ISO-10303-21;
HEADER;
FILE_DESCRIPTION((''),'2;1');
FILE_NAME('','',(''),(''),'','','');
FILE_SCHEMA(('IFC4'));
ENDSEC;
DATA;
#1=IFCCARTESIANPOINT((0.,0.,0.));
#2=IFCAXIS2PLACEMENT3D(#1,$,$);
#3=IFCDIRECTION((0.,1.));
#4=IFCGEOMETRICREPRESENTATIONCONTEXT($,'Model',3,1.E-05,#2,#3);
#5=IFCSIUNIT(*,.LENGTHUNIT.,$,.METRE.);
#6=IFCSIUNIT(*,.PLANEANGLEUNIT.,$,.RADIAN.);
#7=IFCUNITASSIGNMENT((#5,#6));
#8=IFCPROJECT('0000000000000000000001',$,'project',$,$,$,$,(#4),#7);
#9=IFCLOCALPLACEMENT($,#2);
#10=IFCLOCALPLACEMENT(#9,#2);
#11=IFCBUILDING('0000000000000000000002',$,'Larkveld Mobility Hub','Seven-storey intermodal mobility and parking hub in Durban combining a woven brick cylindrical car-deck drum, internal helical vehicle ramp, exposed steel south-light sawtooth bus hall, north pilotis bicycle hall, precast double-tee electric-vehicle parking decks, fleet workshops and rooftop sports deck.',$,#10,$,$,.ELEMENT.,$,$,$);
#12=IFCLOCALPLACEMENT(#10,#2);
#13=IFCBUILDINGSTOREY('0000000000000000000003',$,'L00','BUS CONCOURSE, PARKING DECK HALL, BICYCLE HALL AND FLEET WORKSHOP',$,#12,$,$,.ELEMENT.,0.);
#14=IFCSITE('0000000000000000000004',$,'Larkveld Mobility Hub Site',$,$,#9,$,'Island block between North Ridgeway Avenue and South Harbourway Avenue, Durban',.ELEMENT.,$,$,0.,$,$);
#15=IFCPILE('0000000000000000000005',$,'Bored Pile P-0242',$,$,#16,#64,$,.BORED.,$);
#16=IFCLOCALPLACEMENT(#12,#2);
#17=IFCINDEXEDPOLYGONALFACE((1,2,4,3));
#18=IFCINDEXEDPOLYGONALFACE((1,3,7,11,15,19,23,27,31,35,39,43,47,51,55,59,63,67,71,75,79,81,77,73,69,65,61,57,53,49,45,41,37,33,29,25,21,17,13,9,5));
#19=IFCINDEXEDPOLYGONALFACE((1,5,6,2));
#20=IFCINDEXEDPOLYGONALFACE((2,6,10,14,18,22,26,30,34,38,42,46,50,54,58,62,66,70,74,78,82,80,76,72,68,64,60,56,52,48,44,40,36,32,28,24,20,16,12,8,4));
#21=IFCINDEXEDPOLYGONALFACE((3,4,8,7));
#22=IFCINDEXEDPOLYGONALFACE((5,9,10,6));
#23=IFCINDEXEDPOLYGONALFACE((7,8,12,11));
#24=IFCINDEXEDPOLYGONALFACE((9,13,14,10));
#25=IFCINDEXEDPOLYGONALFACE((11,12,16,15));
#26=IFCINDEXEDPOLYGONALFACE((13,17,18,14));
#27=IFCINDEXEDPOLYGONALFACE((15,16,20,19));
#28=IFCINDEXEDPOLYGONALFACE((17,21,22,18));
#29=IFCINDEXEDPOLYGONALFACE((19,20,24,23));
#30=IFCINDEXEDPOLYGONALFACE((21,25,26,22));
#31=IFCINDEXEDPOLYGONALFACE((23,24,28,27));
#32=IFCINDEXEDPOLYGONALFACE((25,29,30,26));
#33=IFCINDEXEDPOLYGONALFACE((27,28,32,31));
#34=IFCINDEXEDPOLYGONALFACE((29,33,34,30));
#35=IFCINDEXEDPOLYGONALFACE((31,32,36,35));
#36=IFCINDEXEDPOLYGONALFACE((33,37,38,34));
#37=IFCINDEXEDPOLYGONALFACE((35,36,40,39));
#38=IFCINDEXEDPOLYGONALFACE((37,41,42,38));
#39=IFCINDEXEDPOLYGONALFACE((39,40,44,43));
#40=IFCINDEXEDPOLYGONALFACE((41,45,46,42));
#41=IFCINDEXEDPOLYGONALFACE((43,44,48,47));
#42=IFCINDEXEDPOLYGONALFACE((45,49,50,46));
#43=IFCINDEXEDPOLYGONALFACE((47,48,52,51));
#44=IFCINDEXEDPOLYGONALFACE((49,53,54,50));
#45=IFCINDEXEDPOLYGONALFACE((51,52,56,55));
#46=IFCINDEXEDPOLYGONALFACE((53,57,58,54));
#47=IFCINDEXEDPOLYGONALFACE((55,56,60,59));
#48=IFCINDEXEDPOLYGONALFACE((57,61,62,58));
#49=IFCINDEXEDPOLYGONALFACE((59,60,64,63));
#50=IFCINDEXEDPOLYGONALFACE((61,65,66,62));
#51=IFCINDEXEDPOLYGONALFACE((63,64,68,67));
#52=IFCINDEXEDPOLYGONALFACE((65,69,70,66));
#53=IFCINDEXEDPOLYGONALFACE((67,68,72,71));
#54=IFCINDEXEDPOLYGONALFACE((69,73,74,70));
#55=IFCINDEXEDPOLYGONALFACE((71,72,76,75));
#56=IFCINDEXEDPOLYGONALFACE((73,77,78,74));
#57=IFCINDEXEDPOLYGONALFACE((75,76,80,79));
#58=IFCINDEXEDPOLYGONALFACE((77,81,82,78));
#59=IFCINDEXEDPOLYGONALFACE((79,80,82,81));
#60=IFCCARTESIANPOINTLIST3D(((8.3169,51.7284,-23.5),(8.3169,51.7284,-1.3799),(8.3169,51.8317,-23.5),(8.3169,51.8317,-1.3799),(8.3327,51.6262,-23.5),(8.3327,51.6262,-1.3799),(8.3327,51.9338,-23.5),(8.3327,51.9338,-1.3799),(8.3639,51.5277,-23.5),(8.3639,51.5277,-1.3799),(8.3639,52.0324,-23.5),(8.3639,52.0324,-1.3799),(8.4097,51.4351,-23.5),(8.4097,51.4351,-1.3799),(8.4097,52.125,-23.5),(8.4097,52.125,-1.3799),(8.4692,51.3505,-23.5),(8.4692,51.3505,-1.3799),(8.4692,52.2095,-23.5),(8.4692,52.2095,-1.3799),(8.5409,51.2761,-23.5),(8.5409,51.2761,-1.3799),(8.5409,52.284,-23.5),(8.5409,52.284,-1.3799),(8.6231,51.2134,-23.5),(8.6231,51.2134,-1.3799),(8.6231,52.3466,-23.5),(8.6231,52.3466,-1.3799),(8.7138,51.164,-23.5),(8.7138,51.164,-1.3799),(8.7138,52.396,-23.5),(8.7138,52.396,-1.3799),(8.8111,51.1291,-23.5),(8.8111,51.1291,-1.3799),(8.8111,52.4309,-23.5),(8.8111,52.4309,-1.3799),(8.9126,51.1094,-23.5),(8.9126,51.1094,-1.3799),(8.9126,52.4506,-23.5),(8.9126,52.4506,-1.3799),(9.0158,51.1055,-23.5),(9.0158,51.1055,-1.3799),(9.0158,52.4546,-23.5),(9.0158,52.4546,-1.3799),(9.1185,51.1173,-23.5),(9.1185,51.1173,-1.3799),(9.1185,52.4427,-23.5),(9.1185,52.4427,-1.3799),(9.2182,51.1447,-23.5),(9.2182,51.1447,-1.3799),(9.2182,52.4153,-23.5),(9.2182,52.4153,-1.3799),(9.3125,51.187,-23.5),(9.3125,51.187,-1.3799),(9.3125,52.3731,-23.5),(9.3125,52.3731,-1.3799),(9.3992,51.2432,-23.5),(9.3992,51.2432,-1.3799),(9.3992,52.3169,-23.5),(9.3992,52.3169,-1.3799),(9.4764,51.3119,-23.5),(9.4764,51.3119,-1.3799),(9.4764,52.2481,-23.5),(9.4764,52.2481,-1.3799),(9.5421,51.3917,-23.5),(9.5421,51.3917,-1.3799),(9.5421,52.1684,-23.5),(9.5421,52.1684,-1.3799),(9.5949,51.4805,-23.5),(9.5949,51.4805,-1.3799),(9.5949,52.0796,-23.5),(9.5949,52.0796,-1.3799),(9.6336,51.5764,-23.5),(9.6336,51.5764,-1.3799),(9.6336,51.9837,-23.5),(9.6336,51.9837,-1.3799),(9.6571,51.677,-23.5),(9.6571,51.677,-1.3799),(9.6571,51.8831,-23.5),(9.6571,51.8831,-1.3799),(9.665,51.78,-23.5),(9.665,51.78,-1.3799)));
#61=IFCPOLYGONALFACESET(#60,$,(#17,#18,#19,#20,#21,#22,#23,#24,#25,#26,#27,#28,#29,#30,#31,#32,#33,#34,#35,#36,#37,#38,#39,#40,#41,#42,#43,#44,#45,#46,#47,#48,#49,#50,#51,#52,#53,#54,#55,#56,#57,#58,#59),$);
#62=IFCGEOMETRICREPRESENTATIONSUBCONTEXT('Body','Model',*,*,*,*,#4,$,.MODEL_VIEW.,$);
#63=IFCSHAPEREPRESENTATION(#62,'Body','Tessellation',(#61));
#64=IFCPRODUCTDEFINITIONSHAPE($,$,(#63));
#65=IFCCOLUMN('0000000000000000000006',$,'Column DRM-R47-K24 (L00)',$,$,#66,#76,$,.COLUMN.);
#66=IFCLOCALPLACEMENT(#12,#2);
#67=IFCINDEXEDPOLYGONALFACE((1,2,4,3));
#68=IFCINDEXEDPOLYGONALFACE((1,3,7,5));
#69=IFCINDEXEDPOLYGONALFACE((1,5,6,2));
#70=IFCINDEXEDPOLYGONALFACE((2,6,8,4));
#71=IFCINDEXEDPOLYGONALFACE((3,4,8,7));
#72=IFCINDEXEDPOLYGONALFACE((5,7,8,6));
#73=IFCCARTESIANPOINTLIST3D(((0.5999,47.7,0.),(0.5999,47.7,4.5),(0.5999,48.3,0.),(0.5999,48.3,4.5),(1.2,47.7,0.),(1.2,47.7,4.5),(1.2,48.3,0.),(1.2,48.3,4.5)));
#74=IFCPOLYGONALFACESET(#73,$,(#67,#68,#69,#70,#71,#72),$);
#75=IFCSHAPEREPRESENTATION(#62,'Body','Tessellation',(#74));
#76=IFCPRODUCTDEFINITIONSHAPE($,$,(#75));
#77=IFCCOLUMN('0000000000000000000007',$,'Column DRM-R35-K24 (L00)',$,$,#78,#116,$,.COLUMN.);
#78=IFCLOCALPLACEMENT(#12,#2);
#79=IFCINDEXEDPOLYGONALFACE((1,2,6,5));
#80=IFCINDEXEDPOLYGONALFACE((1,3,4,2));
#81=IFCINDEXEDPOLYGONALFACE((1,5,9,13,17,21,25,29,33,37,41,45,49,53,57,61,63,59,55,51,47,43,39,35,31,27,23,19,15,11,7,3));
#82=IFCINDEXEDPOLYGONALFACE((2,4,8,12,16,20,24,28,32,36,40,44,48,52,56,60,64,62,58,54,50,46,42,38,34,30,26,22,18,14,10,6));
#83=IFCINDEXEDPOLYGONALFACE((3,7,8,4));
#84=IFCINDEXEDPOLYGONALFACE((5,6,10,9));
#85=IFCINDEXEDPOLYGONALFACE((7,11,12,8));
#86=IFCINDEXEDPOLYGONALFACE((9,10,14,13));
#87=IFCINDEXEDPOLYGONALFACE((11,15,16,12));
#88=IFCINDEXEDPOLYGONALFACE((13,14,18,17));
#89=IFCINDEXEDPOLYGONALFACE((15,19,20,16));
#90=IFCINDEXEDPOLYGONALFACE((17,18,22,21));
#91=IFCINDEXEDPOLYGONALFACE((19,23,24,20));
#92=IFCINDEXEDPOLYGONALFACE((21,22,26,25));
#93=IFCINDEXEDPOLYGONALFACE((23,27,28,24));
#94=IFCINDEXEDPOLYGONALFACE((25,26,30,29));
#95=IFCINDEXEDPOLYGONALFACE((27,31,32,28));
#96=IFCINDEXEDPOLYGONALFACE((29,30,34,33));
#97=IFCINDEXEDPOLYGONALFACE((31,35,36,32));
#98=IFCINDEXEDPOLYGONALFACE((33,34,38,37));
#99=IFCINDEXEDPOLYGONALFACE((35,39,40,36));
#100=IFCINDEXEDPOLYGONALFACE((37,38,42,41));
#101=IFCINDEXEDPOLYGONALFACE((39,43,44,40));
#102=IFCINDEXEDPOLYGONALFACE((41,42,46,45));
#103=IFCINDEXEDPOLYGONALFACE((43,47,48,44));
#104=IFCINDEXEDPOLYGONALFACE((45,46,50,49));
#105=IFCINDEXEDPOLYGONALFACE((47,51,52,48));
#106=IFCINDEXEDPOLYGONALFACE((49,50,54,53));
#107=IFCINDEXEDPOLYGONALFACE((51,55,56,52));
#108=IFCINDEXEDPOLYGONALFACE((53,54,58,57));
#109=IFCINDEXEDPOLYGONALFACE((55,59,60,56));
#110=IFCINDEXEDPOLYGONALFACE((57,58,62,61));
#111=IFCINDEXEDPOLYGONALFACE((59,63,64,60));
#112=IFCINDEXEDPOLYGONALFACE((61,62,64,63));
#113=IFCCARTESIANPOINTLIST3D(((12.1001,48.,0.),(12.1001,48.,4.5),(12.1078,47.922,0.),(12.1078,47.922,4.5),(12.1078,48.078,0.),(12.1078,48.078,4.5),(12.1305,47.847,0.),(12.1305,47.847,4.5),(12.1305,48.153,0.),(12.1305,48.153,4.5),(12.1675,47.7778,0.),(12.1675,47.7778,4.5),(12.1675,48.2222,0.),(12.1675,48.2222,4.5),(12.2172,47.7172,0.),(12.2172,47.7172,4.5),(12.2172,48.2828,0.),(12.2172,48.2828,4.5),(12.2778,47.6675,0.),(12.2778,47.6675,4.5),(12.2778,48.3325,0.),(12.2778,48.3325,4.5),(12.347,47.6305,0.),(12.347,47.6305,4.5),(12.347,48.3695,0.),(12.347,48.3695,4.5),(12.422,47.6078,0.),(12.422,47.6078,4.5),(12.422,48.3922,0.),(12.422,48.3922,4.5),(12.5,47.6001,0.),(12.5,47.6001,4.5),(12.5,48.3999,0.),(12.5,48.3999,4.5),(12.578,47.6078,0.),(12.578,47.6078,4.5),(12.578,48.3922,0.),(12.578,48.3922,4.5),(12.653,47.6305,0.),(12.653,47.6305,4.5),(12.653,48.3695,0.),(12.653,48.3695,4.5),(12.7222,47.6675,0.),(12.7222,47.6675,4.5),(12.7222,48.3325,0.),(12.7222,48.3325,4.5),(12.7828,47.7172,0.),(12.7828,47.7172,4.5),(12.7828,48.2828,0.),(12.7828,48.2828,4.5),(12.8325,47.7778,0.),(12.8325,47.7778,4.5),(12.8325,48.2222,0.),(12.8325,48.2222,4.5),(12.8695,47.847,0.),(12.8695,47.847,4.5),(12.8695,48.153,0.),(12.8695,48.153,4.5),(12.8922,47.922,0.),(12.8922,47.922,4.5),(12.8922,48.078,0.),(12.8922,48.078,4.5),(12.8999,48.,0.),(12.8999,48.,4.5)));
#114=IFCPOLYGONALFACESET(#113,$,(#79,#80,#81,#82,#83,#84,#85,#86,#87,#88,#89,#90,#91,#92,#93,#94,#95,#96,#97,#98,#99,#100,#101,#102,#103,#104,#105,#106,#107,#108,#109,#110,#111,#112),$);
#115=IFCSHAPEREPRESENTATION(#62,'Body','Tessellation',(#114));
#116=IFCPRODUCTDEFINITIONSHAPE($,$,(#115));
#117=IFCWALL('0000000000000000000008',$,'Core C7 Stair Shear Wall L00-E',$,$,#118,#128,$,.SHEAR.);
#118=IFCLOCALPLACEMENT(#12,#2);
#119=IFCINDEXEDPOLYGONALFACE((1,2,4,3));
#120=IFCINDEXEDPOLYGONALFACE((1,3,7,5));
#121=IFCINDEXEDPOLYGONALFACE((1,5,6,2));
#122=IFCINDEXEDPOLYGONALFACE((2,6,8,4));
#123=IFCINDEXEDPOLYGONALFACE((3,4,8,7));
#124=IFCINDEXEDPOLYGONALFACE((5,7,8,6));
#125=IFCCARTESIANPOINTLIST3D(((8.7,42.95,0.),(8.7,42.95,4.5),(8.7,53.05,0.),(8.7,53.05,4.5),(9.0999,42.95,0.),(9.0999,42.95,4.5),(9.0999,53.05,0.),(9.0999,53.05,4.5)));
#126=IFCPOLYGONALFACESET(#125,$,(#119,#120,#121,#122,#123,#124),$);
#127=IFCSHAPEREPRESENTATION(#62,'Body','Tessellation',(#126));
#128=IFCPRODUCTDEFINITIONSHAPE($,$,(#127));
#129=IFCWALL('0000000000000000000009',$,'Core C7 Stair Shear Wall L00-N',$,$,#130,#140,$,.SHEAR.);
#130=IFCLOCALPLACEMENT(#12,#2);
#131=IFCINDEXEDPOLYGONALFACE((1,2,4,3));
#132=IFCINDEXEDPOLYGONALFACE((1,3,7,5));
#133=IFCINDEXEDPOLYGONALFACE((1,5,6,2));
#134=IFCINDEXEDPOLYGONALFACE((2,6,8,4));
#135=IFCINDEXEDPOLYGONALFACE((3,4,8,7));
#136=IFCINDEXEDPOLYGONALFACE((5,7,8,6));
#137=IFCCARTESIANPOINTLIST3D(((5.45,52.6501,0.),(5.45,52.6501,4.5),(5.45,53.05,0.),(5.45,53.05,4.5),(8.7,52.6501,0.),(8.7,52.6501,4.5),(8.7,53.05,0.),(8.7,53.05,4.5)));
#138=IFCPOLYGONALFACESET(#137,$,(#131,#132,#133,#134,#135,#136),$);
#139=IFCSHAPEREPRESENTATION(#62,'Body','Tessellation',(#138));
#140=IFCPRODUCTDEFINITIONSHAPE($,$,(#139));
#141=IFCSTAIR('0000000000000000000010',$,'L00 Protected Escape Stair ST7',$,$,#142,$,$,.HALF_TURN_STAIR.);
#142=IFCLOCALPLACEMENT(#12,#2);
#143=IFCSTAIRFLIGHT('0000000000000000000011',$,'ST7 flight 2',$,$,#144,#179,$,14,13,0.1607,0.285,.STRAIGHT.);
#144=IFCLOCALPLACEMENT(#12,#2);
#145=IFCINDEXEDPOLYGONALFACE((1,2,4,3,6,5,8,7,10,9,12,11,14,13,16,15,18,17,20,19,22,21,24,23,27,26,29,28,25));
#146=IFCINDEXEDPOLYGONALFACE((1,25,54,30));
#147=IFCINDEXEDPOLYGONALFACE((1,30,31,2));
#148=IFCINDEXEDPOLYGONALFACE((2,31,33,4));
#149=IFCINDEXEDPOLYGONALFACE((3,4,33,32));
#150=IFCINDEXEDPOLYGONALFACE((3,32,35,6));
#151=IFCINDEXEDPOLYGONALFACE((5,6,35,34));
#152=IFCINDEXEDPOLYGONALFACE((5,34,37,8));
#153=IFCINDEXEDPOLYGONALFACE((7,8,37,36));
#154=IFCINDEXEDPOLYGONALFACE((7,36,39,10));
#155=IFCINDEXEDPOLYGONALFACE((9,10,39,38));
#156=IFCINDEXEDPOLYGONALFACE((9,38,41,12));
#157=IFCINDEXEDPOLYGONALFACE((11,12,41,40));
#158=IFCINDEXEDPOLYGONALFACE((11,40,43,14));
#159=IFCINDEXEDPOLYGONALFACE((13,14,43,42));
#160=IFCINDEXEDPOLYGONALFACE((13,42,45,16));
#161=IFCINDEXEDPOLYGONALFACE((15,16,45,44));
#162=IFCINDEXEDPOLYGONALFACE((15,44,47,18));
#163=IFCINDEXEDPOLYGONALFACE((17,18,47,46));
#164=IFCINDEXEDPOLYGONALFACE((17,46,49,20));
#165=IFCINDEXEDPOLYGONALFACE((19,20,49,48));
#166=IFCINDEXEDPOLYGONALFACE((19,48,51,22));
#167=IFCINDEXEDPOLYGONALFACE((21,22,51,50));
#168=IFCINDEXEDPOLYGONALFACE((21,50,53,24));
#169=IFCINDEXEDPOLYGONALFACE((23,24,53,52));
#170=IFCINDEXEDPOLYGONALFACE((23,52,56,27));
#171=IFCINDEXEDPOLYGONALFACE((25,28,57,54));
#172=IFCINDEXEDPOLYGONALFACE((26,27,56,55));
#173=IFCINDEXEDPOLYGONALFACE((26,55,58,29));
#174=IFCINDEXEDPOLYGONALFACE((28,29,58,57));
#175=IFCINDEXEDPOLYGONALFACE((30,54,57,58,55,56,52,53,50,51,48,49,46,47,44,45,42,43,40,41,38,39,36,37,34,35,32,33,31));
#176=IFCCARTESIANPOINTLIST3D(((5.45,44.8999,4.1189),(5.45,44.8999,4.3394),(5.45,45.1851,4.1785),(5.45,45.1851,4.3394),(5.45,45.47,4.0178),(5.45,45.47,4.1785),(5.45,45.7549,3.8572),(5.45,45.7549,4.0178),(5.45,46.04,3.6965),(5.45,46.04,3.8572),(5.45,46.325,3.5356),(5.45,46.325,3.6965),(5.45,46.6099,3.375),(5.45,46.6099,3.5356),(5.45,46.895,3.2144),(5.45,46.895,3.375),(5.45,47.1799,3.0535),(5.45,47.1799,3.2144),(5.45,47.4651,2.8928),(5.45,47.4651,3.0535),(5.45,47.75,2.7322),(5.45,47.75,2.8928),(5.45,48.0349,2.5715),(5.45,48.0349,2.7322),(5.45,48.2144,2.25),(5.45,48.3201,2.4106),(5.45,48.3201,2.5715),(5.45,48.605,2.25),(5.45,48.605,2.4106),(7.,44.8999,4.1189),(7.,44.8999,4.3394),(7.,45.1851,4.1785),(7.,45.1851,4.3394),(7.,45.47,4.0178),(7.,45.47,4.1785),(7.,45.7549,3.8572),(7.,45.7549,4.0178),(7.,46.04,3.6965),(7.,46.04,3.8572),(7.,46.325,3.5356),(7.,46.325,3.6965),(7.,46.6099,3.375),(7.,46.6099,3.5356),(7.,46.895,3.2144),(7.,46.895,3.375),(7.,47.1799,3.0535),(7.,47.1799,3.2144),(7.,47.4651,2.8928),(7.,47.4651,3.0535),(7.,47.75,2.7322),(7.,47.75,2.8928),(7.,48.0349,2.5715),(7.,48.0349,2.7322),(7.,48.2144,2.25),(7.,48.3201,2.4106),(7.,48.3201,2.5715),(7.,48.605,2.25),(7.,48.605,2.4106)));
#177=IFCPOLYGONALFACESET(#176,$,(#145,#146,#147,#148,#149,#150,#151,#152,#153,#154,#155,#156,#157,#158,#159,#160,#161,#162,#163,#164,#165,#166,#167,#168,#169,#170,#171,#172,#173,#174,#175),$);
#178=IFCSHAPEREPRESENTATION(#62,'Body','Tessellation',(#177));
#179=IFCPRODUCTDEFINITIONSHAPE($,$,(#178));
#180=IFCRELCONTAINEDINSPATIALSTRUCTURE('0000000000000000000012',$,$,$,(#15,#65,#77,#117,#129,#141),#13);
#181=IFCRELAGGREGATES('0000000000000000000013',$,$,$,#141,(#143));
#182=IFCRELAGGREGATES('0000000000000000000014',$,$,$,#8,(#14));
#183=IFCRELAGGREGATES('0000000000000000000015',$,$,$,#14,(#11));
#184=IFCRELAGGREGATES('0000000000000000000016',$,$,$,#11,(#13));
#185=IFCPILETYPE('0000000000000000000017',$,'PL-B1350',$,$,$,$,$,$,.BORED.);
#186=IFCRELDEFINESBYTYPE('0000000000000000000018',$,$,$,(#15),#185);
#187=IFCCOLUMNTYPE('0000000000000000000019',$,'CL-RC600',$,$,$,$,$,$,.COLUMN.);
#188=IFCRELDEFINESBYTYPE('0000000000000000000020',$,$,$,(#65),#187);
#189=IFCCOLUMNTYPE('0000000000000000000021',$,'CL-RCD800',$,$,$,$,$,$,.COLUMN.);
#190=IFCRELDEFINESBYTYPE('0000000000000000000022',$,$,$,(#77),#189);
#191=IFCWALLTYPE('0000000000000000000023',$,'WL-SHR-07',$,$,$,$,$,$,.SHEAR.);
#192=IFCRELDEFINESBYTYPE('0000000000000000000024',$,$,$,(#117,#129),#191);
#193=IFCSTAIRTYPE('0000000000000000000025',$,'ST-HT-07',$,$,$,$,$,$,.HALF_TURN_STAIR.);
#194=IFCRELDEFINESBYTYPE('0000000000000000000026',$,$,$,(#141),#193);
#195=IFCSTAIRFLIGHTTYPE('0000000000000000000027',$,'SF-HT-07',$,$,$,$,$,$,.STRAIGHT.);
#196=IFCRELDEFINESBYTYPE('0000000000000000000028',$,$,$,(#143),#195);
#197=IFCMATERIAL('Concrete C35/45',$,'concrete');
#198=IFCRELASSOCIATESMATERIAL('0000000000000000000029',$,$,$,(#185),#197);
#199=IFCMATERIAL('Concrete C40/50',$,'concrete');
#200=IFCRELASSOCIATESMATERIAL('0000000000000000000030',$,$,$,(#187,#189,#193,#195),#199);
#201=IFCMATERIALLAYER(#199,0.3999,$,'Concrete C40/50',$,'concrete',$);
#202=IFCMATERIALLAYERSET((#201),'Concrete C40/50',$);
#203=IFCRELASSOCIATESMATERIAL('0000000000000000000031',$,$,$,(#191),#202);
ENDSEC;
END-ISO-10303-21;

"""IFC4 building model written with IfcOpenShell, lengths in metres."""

from ifc_helpers import new_model, si_unit, direction, frame, frame_2d, origin, origin_2d, place, context, subcontext, project, spatial, polyline, rectangle, circle, outline, extrude, material, layer, layer_set, material_profile, profile_set, type_object, element, aggregate, save


model = new_model("IFC4")

# Units and contexts
model_context = context("Model", 3, precision=1e-05, world=origin(), true_north=direction((0.0, 1.0)))
body_context = subcontext(model_context, "Body", "Model", "MODEL_VIEW")
ifc_project = project(units=[si_unit("LENGTHUNIT", "METRE"), si_unit("PLANEANGLEUNIT", "RADIAN")], contexts=[model_context])

# Site, building, storey
site_placement = place(None, origin())
site = spatial("IfcSite", under=ifc_project, at=site_placement, Name="Larkveld Mobility Hub Site", LongName="Island block between North Ridgeway Avenue and South Harbourway Avenue, Durban", CompositionType="ELEMENT", RefElevation=0.0)
building_placement = place(site_placement, origin())
building = spatial("IfcBuilding", under=site, at=building_placement, Name="Larkveld Mobility Hub", Description="Seven-storey intermodal mobility and parking hub in Durban combining a woven brick cylindrical car-deck drum, internal helical vehicle ramp, exposed steel south-light sawtooth bus hall, north pilotis bicycle hall, precast double-tee electric-vehicle parking decks, fleet workshops and rooftop sports deck.", CompositionType="ELEMENT")
storey_placement = place(building_placement, origin())
storey = spatial("IfcBuildingStorey", under=building, at=storey_placement, Name="L00", Description="BUS CONCOURSE, PARKING DECK HALL, BICYCLE HALL AND FLEET WORKSHOP", CompositionType="ELEMENT", Elevation=0.0)

# Shared definitions
ifc_material_1 = material(Name="Concrete C35/45", Category="concrete")

# Pile
ifc_material_profile_1 = material_profile(ifc_material_1, circle(Radius=0.675, at=origin_2d()), Name="PILE D1350")
ifc_profile_set_1 = profile_set([ifc_material_profile_1], Name="Concrete C35/45")
pile_type_1 = type_object("IfcPileType", Name="PL-B1350", PredefinedType="BORED", material=ifc_profile_set_1)
for number, where, z_axis, x_axis, name in (
    (1, (8.99, 51.78, -1.3799), (0.0, 0.0, -1.0), (1.0, 0.0, 0.0), "Bored Pile P-0242"),
):
    element("IfcPile", number, at=place(storey_placement, frame(where, z_axis=z_axis, x_axis=x_axis)), inside=storey, type_object=pile_type_1, Name=name, PredefinedType="BORED", context=body_context, shape_type="SweptSolid", body=[
        extrude(circle(Radius=0.675, at=origin_2d()), origin(), (0.0, 0.0, 1.0), 22.1201),
    ])

# Columns
ifc_material_2 = material(Name="Concrete C40/50", Category="concrete")
ifc_material_profile_2 = material_profile(ifc_material_2, rectangle(XDim=0.6001, YDim=0.6001, at=origin_2d()), Name="RC COL 600x600")
ifc_profile_set_2 = profile_set([ifc_material_profile_2], Name="Concrete C40/50")
column_type_1 = type_object("IfcColumnType", Name="CL-RC600", PredefinedType="COLUMN", material=ifc_profile_set_2)
column_1_placement = place(storey_placement, frame((0.8999, 48.0, 0.0), z_axis=(0.0, 0.0, 1.0), x_axis=(1.0, 0.0, 0.0)))
element("IfcColumn", 2, at=column_1_placement, inside=storey, type_object=column_type_1, Name="Column DRM-R47-K24 (L00)", PredefinedType="COLUMN", context=body_context, shape_type="SweptSolid", body=[
    extrude(rectangle(XDim=0.6001, YDim=0.6001, at=origin_2d()), origin(), (0.0, 0.0, 1.0), 4.5),
])
ifc_material_profile_3 = material_profile(ifc_material_2, circle(Radius=0.3999, at=origin_2d()), Name="RC COL D800")
ifc_profile_set_3 = profile_set([ifc_material_profile_3], Name="Concrete C40/50")
column_type_2 = type_object("IfcColumnType", Name="CL-RCD800", PredefinedType="COLUMN", material=ifc_profile_set_3)
column_2_placement = place(storey_placement, frame((12.5, 48.0, 0.0), z_axis=(0.0, 0.0, 1.0), x_axis=(1.0, 0.0, 0.0)))
element("IfcColumn", 3, at=column_2_placement, inside=storey, type_object=column_type_2, Name="Column DRM-R35-K24 (L00)", PredefinedType="COLUMN", context=body_context, shape_type="SweptSolid", body=[
    extrude(circle(Radius=0.3999, at=origin_2d()), origin(), (0.0, 0.0, 1.0), 4.5),
])

# Walls
ifc_layer = layer(ifc_material_2, 0.3999, Name="Concrete C40/50", Category="concrete")
ifc_layer_set = layer_set([ifc_layer], Name="Concrete C40/50")
wall_type = type_object("IfcWallType", Name="WL-SHR-07", PredefinedType="SHEAR", material=ifc_layer_set)
wall_1_placement = place(storey_placement, frame((8.8999, 53.05, 0.0), z_axis=(0.0, 0.0, 1.0), x_axis=(0.0, -1.0, 0.0)))
element("IfcWall", 4, at=wall_1_placement, inside=storey, type_object=wall_type, Name="Core C7 Stair Shear Wall L00-E", PredefinedType="SHEAR", context=body_context, shape_type="SweptSolid", body=[
    extrude(rectangle(XDim=10.1001, YDim=0.3999, at=frame_2d((5.05, 0.0))), origin(), (0.0, 0.0, 1.0), 4.5),
])
wall_2_placement = place(storey_placement, frame((5.45, 52.8501, 0.0), z_axis=(0.0, 0.0, 1.0), x_axis=(1.0, 0.0, 0.0)))
element("IfcWall", 5, at=wall_2_placement, inside=storey, type_object=wall_type, Name="Core C7 Stair Shear Wall L00-N", PredefinedType="SHEAR", context=body_context, shape_type="SweptSolid", body=[
    extrude(rectangle(XDim=3.25, YDim=0.3999, at=frame_2d((1.625, 0.0))), origin(), (0.0, 0.0, 1.0), 4.5),
])

# Stair, stair flight
stair_type = type_object("IfcStairType", Name="ST-HT-07", PredefinedType="HALF_TURN_STAIR", material=ifc_material_2)
stair_placement = place(storey_placement, origin())
stair = element("IfcStair", 6, at=stair_placement, inside=storey, type_object=stair_type, Name="L00 Protected Escape Stair ST7", PredefinedType="HALF_TURN_STAIR")
stair_flight_type = type_object("IfcStairFlightType", Name="SF-HT-07", PredefinedType="STRAIGHT", material=ifc_material_2)
stair_flight_placement = place(storey_placement, frame((6.2251, 48.605, 2.25), z_axis=(0.0, 0.0, 1.0), x_axis=(0.0, -1.0, 0.0)))
stair_flight = element("IfcStairFlight", 7, at=stair_flight_placement, type_object=stair_flight_type, Name="ST7 flight 2", NumberOfRisers=14, NumberOfTreads=13, PredefinedType="STRAIGHT", RiserHeight=0.1607, TreadLength=0.285, context=body_context, shape_type="SweptSolid", body=[
    extrude(outline(polyline([(0.0, 0.0), (0.0, 0.1606), (0.2849, 0.1606), (0.2849, 0.3215), (0.5701, 0.3215), (0.5701, 0.4822), (0.855, 0.4822), (0.855, 0.6428), (1.1399, 0.6428), (1.1399, 0.8035), (1.425, 0.8035), (1.425, 0.9644), (1.71, 0.9644), (1.71, 1.125), (1.9951, 1.125), (1.9951, 1.2856), (2.28, 1.2856), (2.28, 1.4465), (2.5649, 1.4465), (2.5649, 1.6072), (2.8501, 1.6072), (2.8501, 1.7678), (3.135, 1.7678), (3.135, 1.9285), (3.4199, 1.9285), (3.4199, 2.0894), (3.7051, 2.0894), (3.7051, 2.25), (3.7051, 1.8689), (0.3906, 0.0), (0.0, 0.0)])), frame((0.0, 0.7749, 0.0), z_axis=(0.0, -1.0, 0.0), x_axis=(1.0, 0.0, 0.0)), (0.0, 0.0, 1.0), 1.55),
])
aggregate(stair, [stair_flight])

save(model, "model.ifc")
